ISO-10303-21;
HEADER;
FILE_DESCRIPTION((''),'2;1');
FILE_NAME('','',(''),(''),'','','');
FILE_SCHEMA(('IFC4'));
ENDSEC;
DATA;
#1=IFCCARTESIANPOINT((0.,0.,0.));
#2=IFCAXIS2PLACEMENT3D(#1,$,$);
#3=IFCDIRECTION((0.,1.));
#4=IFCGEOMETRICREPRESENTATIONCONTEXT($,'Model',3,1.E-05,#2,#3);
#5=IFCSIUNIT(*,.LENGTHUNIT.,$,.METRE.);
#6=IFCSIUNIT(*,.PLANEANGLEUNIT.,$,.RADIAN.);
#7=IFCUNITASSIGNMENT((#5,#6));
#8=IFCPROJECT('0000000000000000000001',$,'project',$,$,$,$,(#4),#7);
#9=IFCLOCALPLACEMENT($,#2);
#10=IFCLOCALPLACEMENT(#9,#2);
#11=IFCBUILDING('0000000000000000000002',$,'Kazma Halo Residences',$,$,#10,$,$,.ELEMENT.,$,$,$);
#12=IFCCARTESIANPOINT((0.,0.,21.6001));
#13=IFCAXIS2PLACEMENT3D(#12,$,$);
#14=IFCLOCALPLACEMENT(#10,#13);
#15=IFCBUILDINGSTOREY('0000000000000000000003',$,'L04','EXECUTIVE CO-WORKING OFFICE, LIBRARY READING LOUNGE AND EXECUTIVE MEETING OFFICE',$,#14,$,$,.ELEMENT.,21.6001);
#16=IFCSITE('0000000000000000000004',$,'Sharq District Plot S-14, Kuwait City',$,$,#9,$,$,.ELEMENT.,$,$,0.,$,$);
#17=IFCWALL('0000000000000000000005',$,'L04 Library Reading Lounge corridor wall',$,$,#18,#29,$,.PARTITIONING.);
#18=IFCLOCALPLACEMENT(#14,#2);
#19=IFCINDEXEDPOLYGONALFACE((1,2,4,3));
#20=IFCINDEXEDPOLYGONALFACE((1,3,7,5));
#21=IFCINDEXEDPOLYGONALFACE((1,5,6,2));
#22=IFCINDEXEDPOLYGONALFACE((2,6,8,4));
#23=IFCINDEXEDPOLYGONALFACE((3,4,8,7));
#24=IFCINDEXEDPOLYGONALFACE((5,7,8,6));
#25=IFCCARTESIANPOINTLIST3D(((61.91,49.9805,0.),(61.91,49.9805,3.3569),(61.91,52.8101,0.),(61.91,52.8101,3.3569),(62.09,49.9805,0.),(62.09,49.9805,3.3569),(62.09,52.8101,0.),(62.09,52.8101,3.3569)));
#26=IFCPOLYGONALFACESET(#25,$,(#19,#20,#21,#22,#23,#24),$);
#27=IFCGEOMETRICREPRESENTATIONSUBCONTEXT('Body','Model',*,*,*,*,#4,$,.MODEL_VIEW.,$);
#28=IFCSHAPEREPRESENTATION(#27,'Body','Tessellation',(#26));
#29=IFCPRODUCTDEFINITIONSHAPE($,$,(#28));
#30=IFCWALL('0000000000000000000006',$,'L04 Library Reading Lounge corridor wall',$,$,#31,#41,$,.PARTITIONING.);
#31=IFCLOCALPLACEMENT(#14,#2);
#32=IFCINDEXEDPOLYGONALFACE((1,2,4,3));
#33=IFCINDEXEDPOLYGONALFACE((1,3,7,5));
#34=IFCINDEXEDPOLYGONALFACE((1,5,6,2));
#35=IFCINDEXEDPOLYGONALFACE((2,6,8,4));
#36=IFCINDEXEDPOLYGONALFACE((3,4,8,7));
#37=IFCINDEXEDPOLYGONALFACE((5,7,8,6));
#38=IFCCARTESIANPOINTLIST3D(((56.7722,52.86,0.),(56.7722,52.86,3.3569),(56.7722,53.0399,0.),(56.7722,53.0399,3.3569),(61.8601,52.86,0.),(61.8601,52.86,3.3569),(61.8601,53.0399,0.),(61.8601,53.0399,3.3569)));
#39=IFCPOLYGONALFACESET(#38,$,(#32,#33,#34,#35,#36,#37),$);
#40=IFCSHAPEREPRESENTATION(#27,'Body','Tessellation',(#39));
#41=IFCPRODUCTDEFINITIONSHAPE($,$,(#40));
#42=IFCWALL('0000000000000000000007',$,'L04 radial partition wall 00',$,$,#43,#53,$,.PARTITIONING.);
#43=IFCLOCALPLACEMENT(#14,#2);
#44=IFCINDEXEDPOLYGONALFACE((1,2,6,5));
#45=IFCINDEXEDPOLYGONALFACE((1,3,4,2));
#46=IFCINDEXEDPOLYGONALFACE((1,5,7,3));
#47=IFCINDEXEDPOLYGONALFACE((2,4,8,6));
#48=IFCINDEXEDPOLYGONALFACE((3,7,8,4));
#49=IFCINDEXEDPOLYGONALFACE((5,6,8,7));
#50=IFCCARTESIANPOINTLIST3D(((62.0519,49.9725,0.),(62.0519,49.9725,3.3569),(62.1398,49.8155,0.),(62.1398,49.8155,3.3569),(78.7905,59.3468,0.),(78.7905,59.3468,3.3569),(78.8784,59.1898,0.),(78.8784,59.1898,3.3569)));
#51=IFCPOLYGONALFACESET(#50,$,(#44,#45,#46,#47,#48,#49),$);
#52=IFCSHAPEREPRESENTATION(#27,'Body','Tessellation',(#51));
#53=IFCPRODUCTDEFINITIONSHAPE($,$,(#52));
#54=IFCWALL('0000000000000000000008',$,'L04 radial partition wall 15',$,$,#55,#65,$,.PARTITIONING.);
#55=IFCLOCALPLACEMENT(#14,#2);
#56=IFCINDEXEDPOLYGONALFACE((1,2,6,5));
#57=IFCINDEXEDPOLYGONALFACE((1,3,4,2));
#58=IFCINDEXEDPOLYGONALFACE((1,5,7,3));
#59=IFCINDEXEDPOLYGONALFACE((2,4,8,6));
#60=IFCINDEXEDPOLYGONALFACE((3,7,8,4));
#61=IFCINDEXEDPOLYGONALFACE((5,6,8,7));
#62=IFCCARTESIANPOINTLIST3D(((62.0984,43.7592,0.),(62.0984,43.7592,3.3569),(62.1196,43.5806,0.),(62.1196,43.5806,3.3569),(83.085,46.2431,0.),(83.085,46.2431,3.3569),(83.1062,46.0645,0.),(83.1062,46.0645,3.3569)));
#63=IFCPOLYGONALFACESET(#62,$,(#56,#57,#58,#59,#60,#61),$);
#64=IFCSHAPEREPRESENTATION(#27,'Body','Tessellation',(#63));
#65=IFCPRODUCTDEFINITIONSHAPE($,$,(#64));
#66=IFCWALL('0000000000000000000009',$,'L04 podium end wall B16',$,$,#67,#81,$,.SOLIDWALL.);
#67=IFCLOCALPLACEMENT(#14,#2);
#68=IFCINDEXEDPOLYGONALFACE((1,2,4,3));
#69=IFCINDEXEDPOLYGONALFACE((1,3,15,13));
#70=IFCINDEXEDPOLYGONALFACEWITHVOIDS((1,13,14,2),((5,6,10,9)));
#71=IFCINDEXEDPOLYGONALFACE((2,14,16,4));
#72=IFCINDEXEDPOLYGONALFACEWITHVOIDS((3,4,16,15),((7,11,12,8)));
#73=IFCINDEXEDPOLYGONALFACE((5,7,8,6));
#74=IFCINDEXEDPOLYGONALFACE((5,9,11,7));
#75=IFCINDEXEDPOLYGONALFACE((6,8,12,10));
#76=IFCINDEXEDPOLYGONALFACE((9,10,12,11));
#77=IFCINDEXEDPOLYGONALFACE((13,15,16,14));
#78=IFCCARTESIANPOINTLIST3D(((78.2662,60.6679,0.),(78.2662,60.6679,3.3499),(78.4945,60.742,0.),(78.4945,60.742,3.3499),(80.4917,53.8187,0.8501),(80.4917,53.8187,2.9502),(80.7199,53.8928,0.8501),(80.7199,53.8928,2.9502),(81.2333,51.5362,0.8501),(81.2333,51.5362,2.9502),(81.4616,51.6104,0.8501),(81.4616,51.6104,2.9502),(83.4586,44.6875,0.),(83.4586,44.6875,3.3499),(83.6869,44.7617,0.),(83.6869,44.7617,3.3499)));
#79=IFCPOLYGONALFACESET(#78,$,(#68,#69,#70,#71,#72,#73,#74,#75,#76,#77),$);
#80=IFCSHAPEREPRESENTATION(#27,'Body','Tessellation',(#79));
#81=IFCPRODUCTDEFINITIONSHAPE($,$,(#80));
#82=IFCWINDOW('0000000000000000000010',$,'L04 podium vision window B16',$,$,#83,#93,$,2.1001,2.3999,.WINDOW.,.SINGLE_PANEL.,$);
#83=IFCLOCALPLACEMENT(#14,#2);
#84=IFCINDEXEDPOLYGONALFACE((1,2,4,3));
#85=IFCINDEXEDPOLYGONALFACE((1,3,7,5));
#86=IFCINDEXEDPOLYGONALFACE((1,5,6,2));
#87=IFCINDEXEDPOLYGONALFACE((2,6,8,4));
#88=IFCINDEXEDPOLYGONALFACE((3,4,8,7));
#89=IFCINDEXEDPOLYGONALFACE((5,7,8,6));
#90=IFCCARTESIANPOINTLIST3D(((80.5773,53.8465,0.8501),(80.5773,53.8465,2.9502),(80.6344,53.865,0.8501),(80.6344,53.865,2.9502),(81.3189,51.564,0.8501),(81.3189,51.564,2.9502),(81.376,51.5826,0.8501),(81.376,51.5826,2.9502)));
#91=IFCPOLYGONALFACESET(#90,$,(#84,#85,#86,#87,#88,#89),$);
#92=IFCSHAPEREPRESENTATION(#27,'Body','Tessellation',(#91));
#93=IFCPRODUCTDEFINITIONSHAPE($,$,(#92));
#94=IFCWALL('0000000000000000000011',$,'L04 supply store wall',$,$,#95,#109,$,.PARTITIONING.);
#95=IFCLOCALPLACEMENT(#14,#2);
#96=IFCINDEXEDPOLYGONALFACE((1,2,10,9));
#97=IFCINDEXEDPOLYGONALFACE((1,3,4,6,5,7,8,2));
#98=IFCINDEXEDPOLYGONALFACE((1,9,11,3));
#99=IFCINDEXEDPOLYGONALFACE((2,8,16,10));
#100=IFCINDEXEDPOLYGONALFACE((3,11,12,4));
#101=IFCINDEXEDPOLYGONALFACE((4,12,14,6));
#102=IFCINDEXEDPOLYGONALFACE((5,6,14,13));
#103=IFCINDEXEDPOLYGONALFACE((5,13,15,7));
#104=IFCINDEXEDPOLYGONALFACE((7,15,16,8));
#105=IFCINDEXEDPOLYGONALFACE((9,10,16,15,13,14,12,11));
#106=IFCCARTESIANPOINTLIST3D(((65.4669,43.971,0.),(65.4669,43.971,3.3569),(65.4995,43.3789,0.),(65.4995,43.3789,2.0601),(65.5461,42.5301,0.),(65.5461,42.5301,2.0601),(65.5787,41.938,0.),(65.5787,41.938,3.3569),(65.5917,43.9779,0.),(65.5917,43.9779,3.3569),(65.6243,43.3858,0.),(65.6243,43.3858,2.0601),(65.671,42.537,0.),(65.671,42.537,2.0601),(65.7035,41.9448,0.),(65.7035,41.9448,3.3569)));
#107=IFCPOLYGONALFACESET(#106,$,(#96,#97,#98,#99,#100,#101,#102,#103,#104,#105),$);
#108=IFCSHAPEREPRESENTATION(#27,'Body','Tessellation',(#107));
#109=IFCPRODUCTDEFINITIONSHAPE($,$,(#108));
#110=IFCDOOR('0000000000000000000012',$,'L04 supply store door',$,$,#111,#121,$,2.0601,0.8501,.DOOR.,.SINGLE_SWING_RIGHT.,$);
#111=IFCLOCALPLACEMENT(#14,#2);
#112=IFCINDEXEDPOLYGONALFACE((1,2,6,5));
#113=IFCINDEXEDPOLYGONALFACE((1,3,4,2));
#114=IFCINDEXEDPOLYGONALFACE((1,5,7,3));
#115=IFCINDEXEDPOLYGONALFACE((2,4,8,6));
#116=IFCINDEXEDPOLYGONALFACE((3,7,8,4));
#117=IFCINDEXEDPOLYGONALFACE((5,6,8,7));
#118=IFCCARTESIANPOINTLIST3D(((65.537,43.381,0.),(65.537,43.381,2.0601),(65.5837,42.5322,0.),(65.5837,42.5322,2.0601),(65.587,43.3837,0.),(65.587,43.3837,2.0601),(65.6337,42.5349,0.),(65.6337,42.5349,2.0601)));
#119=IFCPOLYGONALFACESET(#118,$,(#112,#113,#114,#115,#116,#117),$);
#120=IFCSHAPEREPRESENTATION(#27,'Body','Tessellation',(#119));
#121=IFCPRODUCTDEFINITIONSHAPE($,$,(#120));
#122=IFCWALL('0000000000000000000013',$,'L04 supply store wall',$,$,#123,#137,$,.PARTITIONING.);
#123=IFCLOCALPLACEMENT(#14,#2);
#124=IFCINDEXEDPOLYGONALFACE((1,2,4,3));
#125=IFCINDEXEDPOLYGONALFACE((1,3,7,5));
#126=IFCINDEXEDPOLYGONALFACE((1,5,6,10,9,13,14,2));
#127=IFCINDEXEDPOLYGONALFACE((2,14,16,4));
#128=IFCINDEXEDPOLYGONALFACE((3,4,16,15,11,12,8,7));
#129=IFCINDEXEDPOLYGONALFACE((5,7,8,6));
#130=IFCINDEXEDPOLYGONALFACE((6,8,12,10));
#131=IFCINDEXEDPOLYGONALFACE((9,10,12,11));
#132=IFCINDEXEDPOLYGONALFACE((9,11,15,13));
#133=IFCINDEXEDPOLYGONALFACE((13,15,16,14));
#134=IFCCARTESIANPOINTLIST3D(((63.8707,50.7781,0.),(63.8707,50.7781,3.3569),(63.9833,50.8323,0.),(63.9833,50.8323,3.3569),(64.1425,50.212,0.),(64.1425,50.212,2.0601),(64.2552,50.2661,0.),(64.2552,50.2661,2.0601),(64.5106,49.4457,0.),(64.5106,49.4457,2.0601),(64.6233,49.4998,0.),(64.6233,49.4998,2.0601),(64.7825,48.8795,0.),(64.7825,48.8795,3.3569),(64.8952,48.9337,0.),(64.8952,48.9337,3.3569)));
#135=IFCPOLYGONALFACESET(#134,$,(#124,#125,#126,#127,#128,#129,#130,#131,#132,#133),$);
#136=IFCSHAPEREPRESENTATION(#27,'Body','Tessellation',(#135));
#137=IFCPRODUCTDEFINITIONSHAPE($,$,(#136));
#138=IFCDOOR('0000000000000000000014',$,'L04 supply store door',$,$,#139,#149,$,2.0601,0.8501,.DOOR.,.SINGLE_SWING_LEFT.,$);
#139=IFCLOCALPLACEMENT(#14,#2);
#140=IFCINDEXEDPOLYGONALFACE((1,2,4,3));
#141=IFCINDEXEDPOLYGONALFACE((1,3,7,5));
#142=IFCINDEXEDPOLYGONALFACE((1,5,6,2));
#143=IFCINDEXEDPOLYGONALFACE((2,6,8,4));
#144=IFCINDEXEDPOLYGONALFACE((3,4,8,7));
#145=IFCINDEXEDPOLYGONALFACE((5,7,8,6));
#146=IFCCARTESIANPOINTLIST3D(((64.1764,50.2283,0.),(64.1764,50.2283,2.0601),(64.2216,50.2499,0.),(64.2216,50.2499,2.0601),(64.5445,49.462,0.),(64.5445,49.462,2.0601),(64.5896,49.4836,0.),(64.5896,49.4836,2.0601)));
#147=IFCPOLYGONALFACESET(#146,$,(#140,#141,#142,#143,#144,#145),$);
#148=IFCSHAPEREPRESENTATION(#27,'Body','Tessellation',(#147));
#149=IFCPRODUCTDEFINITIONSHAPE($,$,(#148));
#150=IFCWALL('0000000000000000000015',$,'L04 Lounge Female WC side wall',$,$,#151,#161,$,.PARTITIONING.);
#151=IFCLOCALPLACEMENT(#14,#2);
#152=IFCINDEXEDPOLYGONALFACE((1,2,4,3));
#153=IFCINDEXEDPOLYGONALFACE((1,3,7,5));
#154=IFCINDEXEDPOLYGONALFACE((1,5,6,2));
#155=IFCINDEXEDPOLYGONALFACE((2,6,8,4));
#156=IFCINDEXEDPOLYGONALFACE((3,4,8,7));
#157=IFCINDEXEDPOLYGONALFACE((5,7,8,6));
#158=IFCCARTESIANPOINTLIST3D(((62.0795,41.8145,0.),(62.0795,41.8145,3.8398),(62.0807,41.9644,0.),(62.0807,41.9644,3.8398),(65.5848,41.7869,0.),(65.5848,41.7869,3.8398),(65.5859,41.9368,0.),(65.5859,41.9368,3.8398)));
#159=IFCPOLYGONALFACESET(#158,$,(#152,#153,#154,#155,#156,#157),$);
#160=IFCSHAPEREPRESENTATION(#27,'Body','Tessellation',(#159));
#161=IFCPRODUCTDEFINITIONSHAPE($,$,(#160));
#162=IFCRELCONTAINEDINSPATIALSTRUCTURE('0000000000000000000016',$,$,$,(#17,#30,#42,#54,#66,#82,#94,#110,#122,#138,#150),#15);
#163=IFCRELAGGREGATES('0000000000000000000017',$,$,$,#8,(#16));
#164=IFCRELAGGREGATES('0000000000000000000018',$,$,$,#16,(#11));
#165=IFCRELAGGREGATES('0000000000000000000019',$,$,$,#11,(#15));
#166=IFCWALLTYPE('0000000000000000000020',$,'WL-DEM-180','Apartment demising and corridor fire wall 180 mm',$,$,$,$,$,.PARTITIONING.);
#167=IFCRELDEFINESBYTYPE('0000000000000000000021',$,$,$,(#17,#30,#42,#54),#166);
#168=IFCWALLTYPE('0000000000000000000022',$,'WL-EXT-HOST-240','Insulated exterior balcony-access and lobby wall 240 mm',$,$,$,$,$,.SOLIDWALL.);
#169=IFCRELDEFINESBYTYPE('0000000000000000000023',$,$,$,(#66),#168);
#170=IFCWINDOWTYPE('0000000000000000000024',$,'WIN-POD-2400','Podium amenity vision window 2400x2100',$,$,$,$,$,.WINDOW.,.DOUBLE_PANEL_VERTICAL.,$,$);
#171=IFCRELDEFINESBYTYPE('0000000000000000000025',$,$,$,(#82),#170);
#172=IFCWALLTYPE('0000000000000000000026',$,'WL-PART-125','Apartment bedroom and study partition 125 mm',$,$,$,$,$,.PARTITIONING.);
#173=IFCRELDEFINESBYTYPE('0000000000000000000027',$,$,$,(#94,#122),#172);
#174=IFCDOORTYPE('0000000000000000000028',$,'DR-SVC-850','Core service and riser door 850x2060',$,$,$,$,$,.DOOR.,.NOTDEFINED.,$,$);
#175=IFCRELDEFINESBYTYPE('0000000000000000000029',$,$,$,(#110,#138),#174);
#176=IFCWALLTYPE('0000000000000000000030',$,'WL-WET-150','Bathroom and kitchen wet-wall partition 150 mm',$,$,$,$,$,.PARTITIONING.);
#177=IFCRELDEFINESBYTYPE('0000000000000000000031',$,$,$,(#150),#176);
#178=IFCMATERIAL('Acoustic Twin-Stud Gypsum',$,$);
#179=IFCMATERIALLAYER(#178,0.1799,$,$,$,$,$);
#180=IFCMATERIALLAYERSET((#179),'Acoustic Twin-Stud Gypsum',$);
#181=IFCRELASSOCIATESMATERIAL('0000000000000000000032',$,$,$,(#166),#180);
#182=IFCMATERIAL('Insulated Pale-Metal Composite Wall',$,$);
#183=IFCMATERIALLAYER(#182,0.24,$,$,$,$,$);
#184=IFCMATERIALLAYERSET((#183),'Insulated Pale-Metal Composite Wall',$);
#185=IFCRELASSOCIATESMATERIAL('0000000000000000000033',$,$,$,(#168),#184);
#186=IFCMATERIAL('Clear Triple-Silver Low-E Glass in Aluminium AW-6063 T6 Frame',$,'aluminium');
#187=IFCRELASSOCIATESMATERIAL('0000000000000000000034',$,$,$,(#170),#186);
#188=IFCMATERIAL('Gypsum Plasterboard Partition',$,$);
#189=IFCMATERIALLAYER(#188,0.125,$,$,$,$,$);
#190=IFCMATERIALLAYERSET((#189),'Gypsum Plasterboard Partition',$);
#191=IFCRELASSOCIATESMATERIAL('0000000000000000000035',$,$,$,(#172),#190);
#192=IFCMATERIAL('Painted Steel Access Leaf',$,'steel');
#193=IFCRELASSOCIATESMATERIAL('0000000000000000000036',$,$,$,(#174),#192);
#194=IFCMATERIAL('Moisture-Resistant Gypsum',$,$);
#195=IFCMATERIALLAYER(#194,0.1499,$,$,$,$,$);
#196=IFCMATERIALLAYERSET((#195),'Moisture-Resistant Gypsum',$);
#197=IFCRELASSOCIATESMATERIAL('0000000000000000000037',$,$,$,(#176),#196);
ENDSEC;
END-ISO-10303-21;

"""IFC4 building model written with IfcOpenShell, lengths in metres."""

from ifc_helpers import new_model, si_unit, direction, frame, frame_2d, origin, place, context, subcontext, project, spatial, rectangle, extrude, material, layer, layer_set, type_object, element, fill, save


model = new_model("IFC4")

# Units and contexts
model_context = context("Model", 3, precision=1e-05, world=origin(), true_north=direction((0.0, 1.0)))
body_context = subcontext(model_context, "Body", "Model", "MODEL_VIEW")
ifc_project = project(units=[si_unit("LENGTHUNIT", "METRE"), si_unit("PLANEANGLEUNIT", "RADIAN")], contexts=[model_context])

# Site, building, storey
site_placement = place(None, origin())
site = spatial("IfcSite", under=ifc_project, at=site_placement, Name="Sharq District Plot S-14, Kuwait City", CompositionType="ELEMENT", RefElevation=0.0)
building_placement = place(site_placement, origin())
building = spatial("IfcBuilding", under=site, at=building_placement, Name="Kazma Halo Residences", CompositionType="ELEMENT")
storey_placement = place(building_placement, frame((0.0, 0.0, 21.6001)))
storey = spatial("IfcBuildingStorey", under=building, at=storey_placement, Name="L04", Description="EXECUTIVE CO-WORKING OFFICE, LIBRARY READING LOUNGE AND EXECUTIVE MEETING OFFICE", CompositionType="ELEMENT", Elevation=21.6001)

# Walls
ifc_material_1 = material(Name="Acoustic Twin-Stud Gypsum")
ifc_layer_1 = layer(ifc_material_1, 0.1799)
ifc_layer_set_1 = layer_set([ifc_layer_1], Name="Acoustic Twin-Stud Gypsum")
wall_type_1 = type_object("IfcWallType", Name="WL-DEM-180", Description="Apartment demising and corridor fire wall 180 mm", PredefinedType="PARTITIONING", material=ifc_layer_set_1)
wall_1_placement = place(storey_placement, frame((62.0, 49.9805, 0.0), z_axis=(0.0, 0.0, 1.0), x_axis=(0.0, 1.0, 0.0)))
element("IfcWall", 1, at=wall_1_placement, inside=storey, type_object=wall_type_1, Name="L04 Library Reading Lounge corridor wall", PredefinedType="PARTITIONING", context=body_context, shape_type="SweptSolid", body=[
    extrude(rectangle(XDim=2.8296, YDim=0.1799, at=frame_2d((1.4148, 0.0))), origin(), (0.0, 0.0, 1.0), 3.3569),
])
wall_2_placement = place(storey_placement, frame((61.8601, 52.95, 0.0), z_axis=(0.0, 0.0, 1.0), x_axis=(-1.0, 0.0, 0.0)))
element("IfcWall", 2, at=wall_2_placement, inside=storey, type_object=wall_type_1, Name="L04 Library Reading Lounge corridor wall", PredefinedType="PARTITIONING", context=body_context, shape_type="SweptSolid", body=[
    extrude(rectangle(XDim=5.0879, YDim=0.1799, at=frame_2d((2.5439, 0.0))), origin(), (0.0, 0.0, 1.0), 3.3569),
])
wall_3_placement = place(storey_placement, frame((62.0959, 49.894, 0.0), z_axis=(0.0, 0.0, 1.0), x_axis=(0.872491, 0.488631, 0.0)))
element("IfcWall", 3, at=wall_3_placement, inside=storey, type_object=wall_type_1, Name="L04 radial partition wall 00", PredefinedType="PARTITIONING", context=body_context, shape_type="SweptSolid", body=[
    extrude(rectangle(XDim=19.1848, YDim=0.1799, at=frame_2d((9.5923, 0.0))), origin(), (0.0, 0.0, 1.0), 3.3569),
])
wall_4_placement = place(storey_placement, frame((62.1091, 43.6699, 0.0), z_axis=(0.0, 0.0, 1.0), x_axis=(0.993069, 0.117536, 0.0)))
element("IfcWall", 4, at=wall_4_placement, inside=storey, type_object=wall_type_1, Name="L04 radial partition wall 15", PredefinedType="PARTITIONING", context=body_context, shape_type="SweptSolid", body=[
    extrude(rectangle(XDim=21.1331, YDim=0.1799, at=frame_2d((10.5664, 0.0))), origin(), (0.0, 0.0, 1.0), 3.3569),
])

# Wall, opening, window
ifc_material_2 = material(Name="Insulated Pale-Metal Composite Wall")
ifc_layer_2 = layer(ifc_material_2, 0.24)
ifc_layer_set_2 = layer_set([ifc_layer_2], Name="Insulated Pale-Metal Composite Wall")
wall_type_2 = type_object("IfcWallType", Name="WL-EXT-HOST-240", Description="Insulated exterior balcony-access and lobby wall 240 mm", PredefinedType="SOLIDWALL", material=ifc_layer_set_2)
wall_5_placement = place(storey_placement, frame((83.5728, 44.7246, 0.0), z_axis=(0.0, 0.0, 1.0), x_axis=(-0.309022, 0.951055, 0.0)))
wall_5 = element("IfcWall", 5, at=wall_5_placement, inside=storey, type_object=wall_type_2, Name="L04 podium end wall B16", PredefinedType="SOLIDWALL", context=body_context, shape_type="SweptSolid", body=[
    extrude(rectangle(XDim=16.8027, YDim=0.24, at=frame_2d((8.4014, 0.0))), origin(), (0.0, 0.0, 1.0), 3.3499),
])
opening_1_placement = place(wall_5_placement, frame((7.2012, 0.0, 0.8501)))
opening_1 = element("IfcOpeningElement", 6, at=opening_1_placement, cuts=wall_5, PredefinedType="OPENING", context=body_context, shape_type="SweptSolid", body=[
    extrude(rectangle(XDim=2.3999, YDim=2.1001, at=frame_2d((1.2, 1.05))), frame((0.0, 0.1299, 0.0), z_axis=(0.0, -1.0, 0.0), x_axis=(1.0, 0.0, 0.0)), (0.0, 0.0, 1.0), 0.26),
])
ifc_material_3 = material(Name="Clear Triple-Silver Low-E Glass in Aluminium AW-6063 T6 Frame", Category="aluminium")
window_type = type_object("IfcWindowType", Name="WIN-POD-2400", Description="Podium amenity vision window 2400x2100", PartitioningType="DOUBLE_PANEL_VERTICAL", PredefinedType="WINDOW", material=ifc_material_3)
window_placement = place(opening_1_placement, origin())
window = element("IfcWindow", 7, at=window_placement, inside=storey, type_object=window_type, Name="L04 podium vision window B16", OverallHeight=2.1001, OverallWidth=2.3999, PartitioningType="SINGLE_PANEL", PredefinedType="WINDOW", context=body_context, shape_type="SweptSolid", body=[
    extrude(rectangle(XDim=2.3999, YDim=2.1001, at=frame_2d((1.2, 1.05))), frame((0.0, 0.03, 0.0), z_axis=(0.0, -1.0, 0.0), x_axis=(1.0, 0.0, 0.0)), (0.0, 0.0, 1.0), 0.0601),
])
fill(opening_1, window)

# Walls, openings, doors
ifc_material_4 = material(Name="Gypsum Plasterboard Partition")
ifc_layer_3 = layer(ifc_material_4, 0.125)
ifc_layer_set_3 = layer_set([ifc_layer_3], Name="Gypsum Plasterboard Partition")
wall_type_3 = type_object("IfcWallType", Name="WL-PART-125", Description="Apartment bedroom and study partition 125 mm", PredefinedType="PARTITIONING", material=ifc_layer_set_3)
wall_6_placement = place(storey_placement, frame((65.6411, 41.9414, 0.0), z_axis=(0.0, 0.0, 1.0), x_axis=(-0.054919, 0.998491, 0.0)))
wall_6 = element("IfcWall", 8, at=wall_6_placement, inside=storey, type_object=wall_type_3, Name="L04 supply store wall", PredefinedType="PARTITIONING", context=body_context, shape_type="SweptSolid", body=[
    extrude(rectangle(XDim=2.0361, YDim=0.125, at=frame_2d((1.0181, 0.0))), origin(), (0.0, 0.0, 1.0), 3.3569),
])
opening_2_placement = place(wall_6_placement, frame((0.593, 0.0, 0.0)))
opening_2 = element("IfcOpeningElement", 9, at=opening_2_placement, cuts=wall_6, PredefinedType="OPENING", context=body_context, shape_type="SweptSolid", body=[
    extrude(rectangle(XDim=0.8501, YDim=2.0601, at=frame_2d((0.425, 1.03))), frame((0.0, 0.0725, 0.0), z_axis=(0.0, -1.0, 0.0), x_axis=(1.0, 0.0, 0.0)), (0.0, 0.0, 1.0), 0.145),
])
ifc_material_5 = material(Name="Painted Steel Access Leaf", Category="steel")
door_type_1 = type_object("IfcDoorType", Name="DR-SVC-850", Description="Core service and riser door 850x2060", OperationType="NOTDEFINED", PredefinedType="DOOR", material=ifc_material_5)
door_1_placement = place(opening_2_placement, origin())
door_1 = element("IfcDoor", 10, at=door_1_placement, inside=storey, type_object=door_type_1, Name="L04 supply store door", OperationType="SINGLE_SWING_RIGHT", OverallHeight=2.0601, OverallWidth=0.8501, PredefinedType="DOOR", context=body_context, shape_type="SweptSolid", body=[
    extrude(rectangle(XDim=0.8501, YDim=2.0601, at=frame_2d((0.425, 1.03))), frame((0.0, 0.0249, 0.0), z_axis=(0.0, -1.0, 0.0), x_axis=(1.0, 0.0, 0.0)), (0.0, 0.0, 1.0), 0.05),
])
fill(opening_2, door_1)
wall_7_placement = place(storey_placement, frame((64.8389, 48.9065, 0.0), z_axis=(0.0, 0.0, 1.0), x_axis=(-0.432923, 0.901431, 0.0)))
wall_7 = element("IfcWall", 11, at=wall_7_placement, inside=storey, type_object=wall_type_3, Name="L04 supply store wall", PredefinedType="PARTITIONING", context=body_context, shape_type="SweptSolid", body=[
    extrude(rectangle(XDim=2.1062, YDim=0.125, at=frame_2d((1.0532, 0.0))), origin(), (0.0, 0.0, 1.0), 3.3569),
])
opening_3_placement = place(wall_7_placement, frame((0.6282, 0.0, 0.0)))
opening_3 = element("IfcOpeningElement", 12, at=opening_3_placement, cuts=wall_7, PredefinedType="OPENING", context=body_context, shape_type="SweptSolid", body=[
    extrude(rectangle(XDim=0.8501, YDim=2.0601, at=frame_2d((0.425, 1.03))), frame((0.0, 0.0725, 0.0), z_axis=(0.0, -1.0, 0.0), x_axis=(1.0, 0.0, 0.0)), (0.0, 0.0, 1.0), 0.145),
])
door_2_placement = place(opening_3_placement, origin())
door_2 = element("IfcDoor", 13, at=door_2_placement, inside=storey, type_object=door_type_1, Name="L04 supply store door", OperationType="SINGLE_SWING_LEFT", OverallHeight=2.0601, OverallWidth=0.8501, PredefinedType="DOOR", context=body_context, shape_type="SweptSolid", body=[
    extrude(rectangle(XDim=0.8501, YDim=2.0601, at=frame_2d((0.425, 1.03))), frame((0.0, 0.0249, 0.0), z_axis=(0.0, -1.0, 0.0), x_axis=(1.0, 0.0, 0.0)), (0.0, 0.0, 1.0), 0.05),
])
fill(opening_3, door_2)

# Wall
ifc_material_6 = material(Name="Moisture-Resistant Gypsum")
ifc_layer_4 = layer(ifc_material_6, 0.1499)
ifc_layer_set_4 = layer_set([ifc_layer_4], Name="Moisture-Resistant Gypsum")
wall_type_4 = type_object("IfcWallType", Name="WL-WET-150", Description="Bathroom and kitchen wet-wall partition 150 mm", PredefinedType="PARTITIONING", material=ifc_layer_set_4)
wall_8_placement = place(storey_placement, frame((62.0801, 41.8894, 0.0), z_axis=(0.0, 0.0, 1.0), x_axis=(0.999969, -0.00787, 0.0)))
element("IfcWall", 14, at=wall_8_placement, inside=storey, type_object=wall_type_4, Name="L04 Lounge Female WC side wall", PredefinedType="PARTITIONING", context=body_context, shape_type="SweptSolid", body=[
    extrude(rectangle(XDim=3.5054, YDim=0.1499, at=frame_2d((1.7527, 0.0))), origin(), (0.0, 0.0, 1.0), 3.8398),
])

save(model, "model.ifc")
